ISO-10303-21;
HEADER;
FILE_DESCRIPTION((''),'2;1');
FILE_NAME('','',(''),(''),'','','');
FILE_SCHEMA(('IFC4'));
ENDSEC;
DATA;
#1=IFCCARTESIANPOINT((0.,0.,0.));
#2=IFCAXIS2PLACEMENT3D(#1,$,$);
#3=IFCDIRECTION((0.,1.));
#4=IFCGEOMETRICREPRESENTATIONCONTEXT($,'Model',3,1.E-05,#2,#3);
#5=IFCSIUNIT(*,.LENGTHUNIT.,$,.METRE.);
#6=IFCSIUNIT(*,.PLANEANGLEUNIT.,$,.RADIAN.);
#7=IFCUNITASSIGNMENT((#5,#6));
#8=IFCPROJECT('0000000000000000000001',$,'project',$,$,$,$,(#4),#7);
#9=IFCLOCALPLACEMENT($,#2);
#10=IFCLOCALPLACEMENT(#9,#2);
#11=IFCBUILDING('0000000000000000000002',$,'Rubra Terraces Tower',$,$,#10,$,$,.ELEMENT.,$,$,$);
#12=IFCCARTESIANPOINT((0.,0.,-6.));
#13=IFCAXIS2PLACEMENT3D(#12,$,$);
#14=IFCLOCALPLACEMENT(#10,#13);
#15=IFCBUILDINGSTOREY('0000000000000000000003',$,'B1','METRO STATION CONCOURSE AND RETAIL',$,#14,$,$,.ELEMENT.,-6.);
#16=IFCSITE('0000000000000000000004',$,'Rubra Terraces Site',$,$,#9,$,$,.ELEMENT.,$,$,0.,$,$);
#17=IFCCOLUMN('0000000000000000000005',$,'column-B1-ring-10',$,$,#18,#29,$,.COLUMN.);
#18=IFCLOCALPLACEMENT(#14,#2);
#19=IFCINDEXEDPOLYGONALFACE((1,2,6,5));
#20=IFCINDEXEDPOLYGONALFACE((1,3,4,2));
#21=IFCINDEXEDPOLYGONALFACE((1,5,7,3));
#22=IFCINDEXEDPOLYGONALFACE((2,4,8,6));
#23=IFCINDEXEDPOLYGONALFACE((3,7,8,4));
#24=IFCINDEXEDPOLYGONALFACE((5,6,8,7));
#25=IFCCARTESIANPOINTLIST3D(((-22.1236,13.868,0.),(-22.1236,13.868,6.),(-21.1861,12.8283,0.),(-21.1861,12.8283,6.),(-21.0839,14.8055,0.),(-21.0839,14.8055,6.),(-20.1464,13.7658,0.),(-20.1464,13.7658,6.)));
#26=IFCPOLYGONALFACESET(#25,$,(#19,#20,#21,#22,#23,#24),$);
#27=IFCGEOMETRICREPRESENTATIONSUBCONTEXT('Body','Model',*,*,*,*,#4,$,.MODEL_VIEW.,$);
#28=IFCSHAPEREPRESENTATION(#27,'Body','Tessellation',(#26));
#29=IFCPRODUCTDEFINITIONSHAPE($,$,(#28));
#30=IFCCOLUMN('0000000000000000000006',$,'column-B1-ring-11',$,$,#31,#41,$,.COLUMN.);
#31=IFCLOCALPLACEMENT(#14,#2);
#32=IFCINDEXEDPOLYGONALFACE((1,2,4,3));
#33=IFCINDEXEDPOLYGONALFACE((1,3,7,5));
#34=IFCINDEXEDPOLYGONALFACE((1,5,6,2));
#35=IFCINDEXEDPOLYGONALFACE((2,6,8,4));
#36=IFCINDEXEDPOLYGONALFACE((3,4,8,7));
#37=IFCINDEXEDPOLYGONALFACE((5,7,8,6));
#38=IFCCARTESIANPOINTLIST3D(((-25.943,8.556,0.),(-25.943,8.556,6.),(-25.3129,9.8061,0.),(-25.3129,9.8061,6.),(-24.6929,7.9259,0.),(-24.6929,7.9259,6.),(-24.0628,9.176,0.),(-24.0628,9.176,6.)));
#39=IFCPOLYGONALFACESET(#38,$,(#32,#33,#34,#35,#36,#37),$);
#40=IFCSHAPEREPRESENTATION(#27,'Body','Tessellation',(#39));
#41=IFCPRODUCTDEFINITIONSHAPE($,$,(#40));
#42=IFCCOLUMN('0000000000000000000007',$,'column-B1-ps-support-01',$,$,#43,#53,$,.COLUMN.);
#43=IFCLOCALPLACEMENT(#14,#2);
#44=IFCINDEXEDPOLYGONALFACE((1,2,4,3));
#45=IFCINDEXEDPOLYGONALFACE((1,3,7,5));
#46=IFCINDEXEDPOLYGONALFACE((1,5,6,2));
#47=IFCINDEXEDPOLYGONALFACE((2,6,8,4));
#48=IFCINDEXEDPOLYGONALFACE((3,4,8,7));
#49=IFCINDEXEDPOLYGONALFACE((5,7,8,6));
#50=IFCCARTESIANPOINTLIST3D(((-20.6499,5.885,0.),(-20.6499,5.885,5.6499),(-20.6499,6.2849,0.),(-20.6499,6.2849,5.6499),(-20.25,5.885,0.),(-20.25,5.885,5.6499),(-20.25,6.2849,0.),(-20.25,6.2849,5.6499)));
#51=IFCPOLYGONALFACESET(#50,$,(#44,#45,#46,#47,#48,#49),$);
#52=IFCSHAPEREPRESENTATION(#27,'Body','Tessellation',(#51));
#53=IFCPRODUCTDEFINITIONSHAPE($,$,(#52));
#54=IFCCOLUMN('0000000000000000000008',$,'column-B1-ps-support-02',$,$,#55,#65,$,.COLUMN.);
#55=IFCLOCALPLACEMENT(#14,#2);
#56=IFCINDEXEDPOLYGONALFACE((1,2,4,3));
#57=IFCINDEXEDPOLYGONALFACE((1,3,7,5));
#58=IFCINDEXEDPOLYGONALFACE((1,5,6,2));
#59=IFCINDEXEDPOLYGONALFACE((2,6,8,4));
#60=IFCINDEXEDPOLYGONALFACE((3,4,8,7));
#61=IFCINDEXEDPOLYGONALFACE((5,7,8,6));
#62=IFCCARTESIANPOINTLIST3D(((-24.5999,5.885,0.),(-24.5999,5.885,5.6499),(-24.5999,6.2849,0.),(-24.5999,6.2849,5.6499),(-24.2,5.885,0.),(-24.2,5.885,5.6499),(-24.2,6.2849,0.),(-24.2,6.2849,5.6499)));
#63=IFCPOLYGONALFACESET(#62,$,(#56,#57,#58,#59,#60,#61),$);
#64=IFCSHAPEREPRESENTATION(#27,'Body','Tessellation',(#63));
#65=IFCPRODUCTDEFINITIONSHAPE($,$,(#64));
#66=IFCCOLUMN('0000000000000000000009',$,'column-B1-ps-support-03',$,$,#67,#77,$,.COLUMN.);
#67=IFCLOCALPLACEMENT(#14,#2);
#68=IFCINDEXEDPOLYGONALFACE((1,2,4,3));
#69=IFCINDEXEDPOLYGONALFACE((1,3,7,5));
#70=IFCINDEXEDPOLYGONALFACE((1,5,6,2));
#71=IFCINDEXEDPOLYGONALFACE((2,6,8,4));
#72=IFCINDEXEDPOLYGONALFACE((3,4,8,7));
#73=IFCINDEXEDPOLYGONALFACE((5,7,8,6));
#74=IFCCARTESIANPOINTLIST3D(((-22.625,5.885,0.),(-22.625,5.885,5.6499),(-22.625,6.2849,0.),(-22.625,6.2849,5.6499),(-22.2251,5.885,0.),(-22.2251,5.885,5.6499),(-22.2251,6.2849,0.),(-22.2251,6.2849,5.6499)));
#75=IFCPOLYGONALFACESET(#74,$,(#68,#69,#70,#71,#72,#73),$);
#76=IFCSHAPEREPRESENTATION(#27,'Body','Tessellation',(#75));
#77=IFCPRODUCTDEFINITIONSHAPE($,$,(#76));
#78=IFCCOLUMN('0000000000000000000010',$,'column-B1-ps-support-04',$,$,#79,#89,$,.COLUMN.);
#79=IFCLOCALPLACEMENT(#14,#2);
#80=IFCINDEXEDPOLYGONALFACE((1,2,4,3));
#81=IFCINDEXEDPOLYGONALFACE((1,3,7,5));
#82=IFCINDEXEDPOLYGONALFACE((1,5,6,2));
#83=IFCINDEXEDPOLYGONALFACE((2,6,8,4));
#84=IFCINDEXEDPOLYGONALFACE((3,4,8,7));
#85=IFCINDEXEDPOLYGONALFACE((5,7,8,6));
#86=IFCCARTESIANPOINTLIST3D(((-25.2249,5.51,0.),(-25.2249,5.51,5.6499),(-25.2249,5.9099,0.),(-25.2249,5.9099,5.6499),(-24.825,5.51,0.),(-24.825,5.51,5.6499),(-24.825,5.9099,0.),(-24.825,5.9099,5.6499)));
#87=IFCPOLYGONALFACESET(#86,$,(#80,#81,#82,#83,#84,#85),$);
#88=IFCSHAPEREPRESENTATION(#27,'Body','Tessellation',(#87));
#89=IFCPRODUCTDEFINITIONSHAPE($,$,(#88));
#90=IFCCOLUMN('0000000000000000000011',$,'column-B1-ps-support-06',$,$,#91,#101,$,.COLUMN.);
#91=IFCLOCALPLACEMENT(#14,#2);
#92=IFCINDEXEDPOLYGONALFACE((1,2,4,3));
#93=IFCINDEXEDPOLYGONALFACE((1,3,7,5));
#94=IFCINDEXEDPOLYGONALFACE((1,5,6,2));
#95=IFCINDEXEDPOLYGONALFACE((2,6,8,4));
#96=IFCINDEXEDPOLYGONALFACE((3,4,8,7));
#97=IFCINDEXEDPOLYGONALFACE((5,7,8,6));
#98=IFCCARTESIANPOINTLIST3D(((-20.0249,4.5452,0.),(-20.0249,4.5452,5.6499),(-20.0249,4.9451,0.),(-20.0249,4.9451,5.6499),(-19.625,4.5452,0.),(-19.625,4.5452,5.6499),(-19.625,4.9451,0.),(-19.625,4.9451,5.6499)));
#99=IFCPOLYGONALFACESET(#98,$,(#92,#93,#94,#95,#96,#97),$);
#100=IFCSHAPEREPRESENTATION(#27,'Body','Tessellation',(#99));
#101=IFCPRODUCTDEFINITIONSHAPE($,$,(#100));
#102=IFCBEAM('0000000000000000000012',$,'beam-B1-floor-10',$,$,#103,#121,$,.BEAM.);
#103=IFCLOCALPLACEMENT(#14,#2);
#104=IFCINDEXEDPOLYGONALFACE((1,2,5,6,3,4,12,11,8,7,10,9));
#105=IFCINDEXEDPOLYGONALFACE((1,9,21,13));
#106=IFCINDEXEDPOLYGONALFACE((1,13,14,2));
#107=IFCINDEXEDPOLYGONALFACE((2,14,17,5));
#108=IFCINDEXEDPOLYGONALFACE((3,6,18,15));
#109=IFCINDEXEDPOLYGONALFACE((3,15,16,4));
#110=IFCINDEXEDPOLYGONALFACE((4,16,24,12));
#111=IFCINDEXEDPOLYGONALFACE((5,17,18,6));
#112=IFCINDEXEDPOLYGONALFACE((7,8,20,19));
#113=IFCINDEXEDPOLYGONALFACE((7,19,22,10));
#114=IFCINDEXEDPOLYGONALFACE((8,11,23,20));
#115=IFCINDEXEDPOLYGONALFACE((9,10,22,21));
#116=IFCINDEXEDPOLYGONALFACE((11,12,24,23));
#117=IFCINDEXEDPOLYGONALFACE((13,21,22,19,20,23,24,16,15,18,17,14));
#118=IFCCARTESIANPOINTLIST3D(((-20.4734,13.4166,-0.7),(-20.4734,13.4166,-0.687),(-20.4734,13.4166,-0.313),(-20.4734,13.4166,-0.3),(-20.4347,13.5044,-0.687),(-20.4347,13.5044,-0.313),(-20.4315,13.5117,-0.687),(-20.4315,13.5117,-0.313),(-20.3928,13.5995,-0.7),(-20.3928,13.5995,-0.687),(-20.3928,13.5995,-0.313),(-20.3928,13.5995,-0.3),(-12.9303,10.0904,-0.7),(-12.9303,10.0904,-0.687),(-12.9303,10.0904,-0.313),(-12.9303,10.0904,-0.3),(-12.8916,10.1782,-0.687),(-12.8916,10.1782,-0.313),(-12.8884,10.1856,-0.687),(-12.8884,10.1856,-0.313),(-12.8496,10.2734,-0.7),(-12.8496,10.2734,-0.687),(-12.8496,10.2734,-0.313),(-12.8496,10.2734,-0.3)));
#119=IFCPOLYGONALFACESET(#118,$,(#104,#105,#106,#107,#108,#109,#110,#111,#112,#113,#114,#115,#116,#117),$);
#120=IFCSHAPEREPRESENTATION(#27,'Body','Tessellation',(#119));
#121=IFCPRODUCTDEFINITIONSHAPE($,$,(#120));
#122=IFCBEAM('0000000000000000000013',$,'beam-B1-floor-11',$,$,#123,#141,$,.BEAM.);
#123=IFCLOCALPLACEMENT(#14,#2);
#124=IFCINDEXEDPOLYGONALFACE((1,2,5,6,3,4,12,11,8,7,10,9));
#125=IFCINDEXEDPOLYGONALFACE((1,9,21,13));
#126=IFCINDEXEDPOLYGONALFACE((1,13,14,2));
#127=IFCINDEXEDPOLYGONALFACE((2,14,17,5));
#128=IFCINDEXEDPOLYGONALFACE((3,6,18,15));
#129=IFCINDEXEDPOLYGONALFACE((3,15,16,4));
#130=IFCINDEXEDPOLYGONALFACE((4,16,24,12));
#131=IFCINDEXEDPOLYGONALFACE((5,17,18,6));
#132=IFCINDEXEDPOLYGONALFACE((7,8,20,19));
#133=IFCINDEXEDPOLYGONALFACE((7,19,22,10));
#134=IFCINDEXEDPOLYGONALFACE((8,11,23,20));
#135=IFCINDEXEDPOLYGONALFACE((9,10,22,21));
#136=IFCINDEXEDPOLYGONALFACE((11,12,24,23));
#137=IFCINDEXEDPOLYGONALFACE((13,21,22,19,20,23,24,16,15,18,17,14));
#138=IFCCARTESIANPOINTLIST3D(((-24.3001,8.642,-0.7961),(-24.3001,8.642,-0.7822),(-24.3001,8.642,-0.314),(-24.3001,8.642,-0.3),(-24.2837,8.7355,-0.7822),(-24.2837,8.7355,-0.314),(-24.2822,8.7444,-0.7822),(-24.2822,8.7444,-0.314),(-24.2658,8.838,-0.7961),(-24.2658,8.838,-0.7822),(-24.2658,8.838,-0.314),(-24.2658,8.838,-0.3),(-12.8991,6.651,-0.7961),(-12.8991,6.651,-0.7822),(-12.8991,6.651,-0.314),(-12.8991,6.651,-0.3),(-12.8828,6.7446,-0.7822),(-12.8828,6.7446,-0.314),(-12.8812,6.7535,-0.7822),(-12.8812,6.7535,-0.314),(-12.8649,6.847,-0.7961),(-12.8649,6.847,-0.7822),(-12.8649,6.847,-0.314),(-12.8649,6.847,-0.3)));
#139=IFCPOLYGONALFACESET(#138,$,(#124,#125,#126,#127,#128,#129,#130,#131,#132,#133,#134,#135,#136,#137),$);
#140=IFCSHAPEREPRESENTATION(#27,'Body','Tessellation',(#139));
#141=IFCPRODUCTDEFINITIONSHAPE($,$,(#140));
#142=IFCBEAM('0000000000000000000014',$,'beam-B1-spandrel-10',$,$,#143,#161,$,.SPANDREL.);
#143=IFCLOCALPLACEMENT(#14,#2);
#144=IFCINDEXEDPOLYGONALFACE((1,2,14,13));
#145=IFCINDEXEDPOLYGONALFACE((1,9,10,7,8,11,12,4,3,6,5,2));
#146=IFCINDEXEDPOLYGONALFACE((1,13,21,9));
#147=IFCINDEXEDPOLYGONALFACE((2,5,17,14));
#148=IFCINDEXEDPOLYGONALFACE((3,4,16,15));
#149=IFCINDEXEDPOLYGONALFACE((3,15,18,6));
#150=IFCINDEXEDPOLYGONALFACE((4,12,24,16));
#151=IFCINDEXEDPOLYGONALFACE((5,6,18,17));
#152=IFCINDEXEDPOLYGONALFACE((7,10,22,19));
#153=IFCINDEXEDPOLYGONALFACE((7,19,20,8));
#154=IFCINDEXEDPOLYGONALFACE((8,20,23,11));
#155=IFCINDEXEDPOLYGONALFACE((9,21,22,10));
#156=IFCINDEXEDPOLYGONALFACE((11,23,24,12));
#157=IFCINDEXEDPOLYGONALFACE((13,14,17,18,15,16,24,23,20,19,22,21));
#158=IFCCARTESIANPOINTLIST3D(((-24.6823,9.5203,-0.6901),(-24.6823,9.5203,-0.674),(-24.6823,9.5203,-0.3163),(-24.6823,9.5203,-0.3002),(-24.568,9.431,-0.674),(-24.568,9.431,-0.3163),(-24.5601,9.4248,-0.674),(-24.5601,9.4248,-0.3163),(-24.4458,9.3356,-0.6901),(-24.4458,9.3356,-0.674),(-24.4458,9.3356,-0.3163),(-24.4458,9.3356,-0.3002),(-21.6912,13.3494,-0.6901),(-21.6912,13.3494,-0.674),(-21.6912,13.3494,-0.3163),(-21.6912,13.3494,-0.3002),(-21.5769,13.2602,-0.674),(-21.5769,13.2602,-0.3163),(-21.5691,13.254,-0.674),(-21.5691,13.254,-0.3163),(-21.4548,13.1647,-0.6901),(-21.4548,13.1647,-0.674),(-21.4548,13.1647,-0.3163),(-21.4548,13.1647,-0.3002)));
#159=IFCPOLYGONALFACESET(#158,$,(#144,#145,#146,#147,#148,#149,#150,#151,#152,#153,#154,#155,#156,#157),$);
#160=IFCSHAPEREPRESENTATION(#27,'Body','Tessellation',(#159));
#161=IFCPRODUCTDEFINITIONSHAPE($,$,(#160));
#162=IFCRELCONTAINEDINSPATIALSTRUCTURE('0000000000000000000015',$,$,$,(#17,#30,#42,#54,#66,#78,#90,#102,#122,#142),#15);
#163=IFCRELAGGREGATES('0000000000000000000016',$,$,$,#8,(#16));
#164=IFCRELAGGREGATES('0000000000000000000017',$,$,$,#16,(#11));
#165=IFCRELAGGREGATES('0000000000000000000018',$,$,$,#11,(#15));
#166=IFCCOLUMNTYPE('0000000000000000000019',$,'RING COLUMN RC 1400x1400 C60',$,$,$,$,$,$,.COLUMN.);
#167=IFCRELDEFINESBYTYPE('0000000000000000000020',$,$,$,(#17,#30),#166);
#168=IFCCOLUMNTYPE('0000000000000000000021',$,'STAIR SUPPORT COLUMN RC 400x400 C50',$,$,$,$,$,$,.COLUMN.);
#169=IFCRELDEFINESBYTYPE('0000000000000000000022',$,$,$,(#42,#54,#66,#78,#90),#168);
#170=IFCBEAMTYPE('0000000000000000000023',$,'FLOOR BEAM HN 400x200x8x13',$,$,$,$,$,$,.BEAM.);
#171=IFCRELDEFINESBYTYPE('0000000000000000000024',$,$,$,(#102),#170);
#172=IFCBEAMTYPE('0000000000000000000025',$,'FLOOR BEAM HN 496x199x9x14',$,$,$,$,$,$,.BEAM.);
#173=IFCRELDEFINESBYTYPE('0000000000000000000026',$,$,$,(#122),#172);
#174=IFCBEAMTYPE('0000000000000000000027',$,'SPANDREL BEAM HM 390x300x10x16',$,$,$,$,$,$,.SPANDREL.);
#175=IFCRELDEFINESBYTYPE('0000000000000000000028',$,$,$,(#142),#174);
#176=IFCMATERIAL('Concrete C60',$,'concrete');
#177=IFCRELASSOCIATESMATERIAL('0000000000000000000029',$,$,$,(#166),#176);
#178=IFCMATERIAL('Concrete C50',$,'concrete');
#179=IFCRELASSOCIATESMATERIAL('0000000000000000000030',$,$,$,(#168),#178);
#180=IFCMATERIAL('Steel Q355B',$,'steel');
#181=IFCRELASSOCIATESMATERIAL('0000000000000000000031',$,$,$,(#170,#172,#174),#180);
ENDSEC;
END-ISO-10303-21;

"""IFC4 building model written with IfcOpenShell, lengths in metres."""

from ifc_helpers import new_model, si_unit, direction, frame, origin, origin_2d, place, context, subcontext, project, spatial, rectangle, i_section, extrude, material, material_profile, profile_set, type_object, element, save


model = new_model("IFC4")

# Units and contexts
model_context = context("Model", 3, precision=1e-05, world=origin(), true_north=direction((0.0, 1.0)))
body_context = subcontext(model_context, "Body", "Model", "MODEL_VIEW")
ifc_project = project(units=[si_unit("LENGTHUNIT", "METRE"), si_unit("PLANEANGLEUNIT", "RADIAN")], contexts=[model_context])

# Site, building, storey
site_placement = place(None, origin())
site = spatial("IfcSite", under=ifc_project, at=site_placement, Name="Rubra Terraces Site", CompositionType="ELEMENT", RefElevation=0.0)
building_placement = place(site_placement, origin())
building = spatial("IfcBuilding", under=site, at=building_placement, Name="Rubra Terraces Tower", CompositionType="ELEMENT")
storey_placement = place(building_placement, frame((0.0, 0.0, -6.0)))
storey = spatial("IfcBuildingStorey", under=building, at=storey_placement, Name="B1", Description="METRO STATION CONCOURSE AND RETAIL", CompositionType="ELEMENT", Elevation=-6.0)

# Columns
ifc_material_1 = material(Name="Concrete C60", Category="concrete")
ifc_material_profile_1 = material_profile(ifc_material_1, rectangle(XDim=1.3999, YDim=1.3999, at=origin_2d()), Name="RC 1400x1400")
ifc_profile_set_1 = profile_set([ifc_material_profile_1], Name="Concrete C60")
column_type_1 = type_object("IfcColumnType", Name="RING COLUMN RC 1400x1400 C60", PredefinedType="COLUMN", material=ifc_profile_set_1)
for number, where, z_axis, x_axis, name in (
    (1, (-21.135, 13.8169, 0.0), (0.0, 0.0, 1.0), (-0.742676, -0.669651, 0.0), "column-B1-ring-10"),
    (2, (-25.0029, 8.866, 0.0), (0.0, 0.0, 1.0), (-0.450099, -0.892979, 0.0), "column-B1-ring-11"),
):
    element("IfcColumn", number, at=place(storey_placement, frame(where, z_axis=z_axis, x_axis=x_axis)), inside=storey, type_object=column_type_1, Name=name, PredefinedType="COLUMN", context=body_context, shape_type="SweptSolid", body=[
        extrude(rectangle(XDim=1.3999, YDim=1.3999, at=origin_2d()), origin(), (0.0, 0.0, 1.0), 6.0),
    ])
ifc_material_2 = material(Name="Concrete C50", Category="concrete")
ifc_material_profile_2 = material_profile(ifc_material_2, rectangle(XDim=0.3999, YDim=0.3999, at=origin_2d()), Name="RC 400x400")
ifc_profile_set_2 = profile_set([ifc_material_profile_2], Name="Concrete C50")
column_type_2 = type_object("IfcColumnType", Name="STAIR SUPPORT COLUMN RC 400x400 C50", PredefinedType="COLUMN", material=ifc_profile_set_2)
for number, where, z_axis, x_axis, name in (
    (3, (-20.45, 6.085, 0.0), (0.0, 0.0, 1.0), (1.0, 0.0, 0.0), "column-B1-ps-support-01"),
    (4, (-24.3999, 6.085, 0.0), (0.0, 0.0, 1.0), (1.0, 0.0, 0.0), "column-B1-ps-support-02"),
    (5, (-22.425, 6.085, 0.0), (0.0, 0.0, 1.0), (1.0, 0.0, 0.0), "column-B1-ps-support-03"),
    (6, (-25.0249, 5.71, 0.0), (0.0, 0.0, 1.0), (1.0, 0.0, 0.0), "column-B1-ps-support-04"),
    (7, (-19.825, 4.7451, 0.0), (0.0, 0.0, 1.0), (1.0, 0.0, 0.0), "column-B1-ps-support-06"),
):
    element("IfcColumn", number, at=place(storey_placement, frame(where, z_axis=z_axis, x_axis=x_axis)), inside=storey, type_object=column_type_2, Name=name, PredefinedType="COLUMN", context=body_context, shape_type="SweptSolid", body=[
        extrude(rectangle(XDim=0.3999, YDim=0.3999, at=origin_2d()), origin(), (0.0, 0.0, 1.0), 5.6499),
    ])

# Beams
ifc_material_3 = material(Name="Steel Q355B", Category="steel")
ifc_material_profile_3 = material_profile(ifc_material_3, i_section(OverallWidth=0.2, OverallDepth=0.3999, WebThickness=0.0081, FlangeThickness=0.0129, at=origin_2d()), Name="HN 400x200x8x13")
ifc_profile_set_3 = profile_set([ifc_material_profile_3], Name="Steel Q355B")
beam_type_1 = type_object("IfcBeamType", Name="FLOOR BEAM HN 400x200x8x13", PredefinedType="BEAM", material=ifc_profile_set_3)
beam_1_placement = place(storey_placement, frame((-20.4331, 13.5081, -0.5), z_axis=(0.914995, -0.403466, 0.0), x_axis=(0.403466, 0.914995, 0.0)))
element("IfcBeam", 8, at=beam_1_placement, inside=storey, type_object=beam_type_1, Name="beam-B1-floor-10", PredefinedType="BEAM", context=body_context, shape_type="SweptSolid", body=[
    extrude(i_section(OverallWidth=0.2, OverallDepth=0.3999, WebThickness=0.0081, FlangeThickness=0.0129, at=origin_2d()), origin(), (0.0, 0.0, 1.0), 8.2439),
])
ifc_material_profile_4 = material_profile(ifc_material_3, i_section(OverallWidth=0.199, OverallDepth=0.4961, WebThickness=0.009, FlangeThickness=0.0139, at=origin_2d()), Name="HN 496x199x9x14")
ifc_profile_set_4 = profile_set([ifc_material_profile_4], Name="Steel Q355B")
beam_type_2 = type_object("IfcBeamType", Name="FLOOR BEAM HN 496x199x9x14", PredefinedType="BEAM", material=ifc_profile_set_4)
beam_2_placement = place(storey_placement, frame((-24.283, 8.74, -0.5481), z_axis=(0.985092, -0.172029, 0.0), x_axis=(0.172029, 0.985092, 0.0)))
element("IfcBeam", 9, at=beam_2_placement, inside=storey, type_object=beam_type_2, Name="beam-B1-floor-11", PredefinedType="BEAM", context=body_context, shape_type="SweptSolid", body=[
    extrude(i_section(OverallWidth=0.199, OverallDepth=0.4961, WebThickness=0.009, FlangeThickness=0.0139, at=origin_2d()), origin(), (0.0, 0.0, 1.0), 11.5735),
])
ifc_material_profile_5 = material_profile(ifc_material_3, i_section(OverallWidth=0.3, OverallDepth=0.3899, WebThickness=0.01, FlangeThickness=0.0161, at=origin_2d()), Name="HM 390x300x10x16")
ifc_profile_set_5 = profile_set([ifc_material_profile_5], Name="Steel Q355B")
beam_type_3 = type_object("IfcBeamType", Name="SPANDREL BEAM HM 390x300x10x16", PredefinedType="SPANDREL", material=ifc_profile_set_5)
beam_3_placement = place(storey_placement, frame((-21.573, 13.2571, -0.4951), z_axis=(-0.615578, -0.788076, 0.0), x_axis=(0.788076, -0.615578, 0.0)))
element("IfcBeam", 10, at=beam_3_placement, inside=storey, type_object=beam_type_3, Name="beam-B1-spandrel-10", PredefinedType="SPANDREL", context=body_context, shape_type="SweptSolid", body=[
    extrude(i_section(OverallWidth=0.3, OverallDepth=0.3899, WebThickness=0.01, FlangeThickness=0.0161, at=origin_2d()), origin(), (0.0, 0.0, 1.0), 4.8589),
])

save(model, "model.ifc")
